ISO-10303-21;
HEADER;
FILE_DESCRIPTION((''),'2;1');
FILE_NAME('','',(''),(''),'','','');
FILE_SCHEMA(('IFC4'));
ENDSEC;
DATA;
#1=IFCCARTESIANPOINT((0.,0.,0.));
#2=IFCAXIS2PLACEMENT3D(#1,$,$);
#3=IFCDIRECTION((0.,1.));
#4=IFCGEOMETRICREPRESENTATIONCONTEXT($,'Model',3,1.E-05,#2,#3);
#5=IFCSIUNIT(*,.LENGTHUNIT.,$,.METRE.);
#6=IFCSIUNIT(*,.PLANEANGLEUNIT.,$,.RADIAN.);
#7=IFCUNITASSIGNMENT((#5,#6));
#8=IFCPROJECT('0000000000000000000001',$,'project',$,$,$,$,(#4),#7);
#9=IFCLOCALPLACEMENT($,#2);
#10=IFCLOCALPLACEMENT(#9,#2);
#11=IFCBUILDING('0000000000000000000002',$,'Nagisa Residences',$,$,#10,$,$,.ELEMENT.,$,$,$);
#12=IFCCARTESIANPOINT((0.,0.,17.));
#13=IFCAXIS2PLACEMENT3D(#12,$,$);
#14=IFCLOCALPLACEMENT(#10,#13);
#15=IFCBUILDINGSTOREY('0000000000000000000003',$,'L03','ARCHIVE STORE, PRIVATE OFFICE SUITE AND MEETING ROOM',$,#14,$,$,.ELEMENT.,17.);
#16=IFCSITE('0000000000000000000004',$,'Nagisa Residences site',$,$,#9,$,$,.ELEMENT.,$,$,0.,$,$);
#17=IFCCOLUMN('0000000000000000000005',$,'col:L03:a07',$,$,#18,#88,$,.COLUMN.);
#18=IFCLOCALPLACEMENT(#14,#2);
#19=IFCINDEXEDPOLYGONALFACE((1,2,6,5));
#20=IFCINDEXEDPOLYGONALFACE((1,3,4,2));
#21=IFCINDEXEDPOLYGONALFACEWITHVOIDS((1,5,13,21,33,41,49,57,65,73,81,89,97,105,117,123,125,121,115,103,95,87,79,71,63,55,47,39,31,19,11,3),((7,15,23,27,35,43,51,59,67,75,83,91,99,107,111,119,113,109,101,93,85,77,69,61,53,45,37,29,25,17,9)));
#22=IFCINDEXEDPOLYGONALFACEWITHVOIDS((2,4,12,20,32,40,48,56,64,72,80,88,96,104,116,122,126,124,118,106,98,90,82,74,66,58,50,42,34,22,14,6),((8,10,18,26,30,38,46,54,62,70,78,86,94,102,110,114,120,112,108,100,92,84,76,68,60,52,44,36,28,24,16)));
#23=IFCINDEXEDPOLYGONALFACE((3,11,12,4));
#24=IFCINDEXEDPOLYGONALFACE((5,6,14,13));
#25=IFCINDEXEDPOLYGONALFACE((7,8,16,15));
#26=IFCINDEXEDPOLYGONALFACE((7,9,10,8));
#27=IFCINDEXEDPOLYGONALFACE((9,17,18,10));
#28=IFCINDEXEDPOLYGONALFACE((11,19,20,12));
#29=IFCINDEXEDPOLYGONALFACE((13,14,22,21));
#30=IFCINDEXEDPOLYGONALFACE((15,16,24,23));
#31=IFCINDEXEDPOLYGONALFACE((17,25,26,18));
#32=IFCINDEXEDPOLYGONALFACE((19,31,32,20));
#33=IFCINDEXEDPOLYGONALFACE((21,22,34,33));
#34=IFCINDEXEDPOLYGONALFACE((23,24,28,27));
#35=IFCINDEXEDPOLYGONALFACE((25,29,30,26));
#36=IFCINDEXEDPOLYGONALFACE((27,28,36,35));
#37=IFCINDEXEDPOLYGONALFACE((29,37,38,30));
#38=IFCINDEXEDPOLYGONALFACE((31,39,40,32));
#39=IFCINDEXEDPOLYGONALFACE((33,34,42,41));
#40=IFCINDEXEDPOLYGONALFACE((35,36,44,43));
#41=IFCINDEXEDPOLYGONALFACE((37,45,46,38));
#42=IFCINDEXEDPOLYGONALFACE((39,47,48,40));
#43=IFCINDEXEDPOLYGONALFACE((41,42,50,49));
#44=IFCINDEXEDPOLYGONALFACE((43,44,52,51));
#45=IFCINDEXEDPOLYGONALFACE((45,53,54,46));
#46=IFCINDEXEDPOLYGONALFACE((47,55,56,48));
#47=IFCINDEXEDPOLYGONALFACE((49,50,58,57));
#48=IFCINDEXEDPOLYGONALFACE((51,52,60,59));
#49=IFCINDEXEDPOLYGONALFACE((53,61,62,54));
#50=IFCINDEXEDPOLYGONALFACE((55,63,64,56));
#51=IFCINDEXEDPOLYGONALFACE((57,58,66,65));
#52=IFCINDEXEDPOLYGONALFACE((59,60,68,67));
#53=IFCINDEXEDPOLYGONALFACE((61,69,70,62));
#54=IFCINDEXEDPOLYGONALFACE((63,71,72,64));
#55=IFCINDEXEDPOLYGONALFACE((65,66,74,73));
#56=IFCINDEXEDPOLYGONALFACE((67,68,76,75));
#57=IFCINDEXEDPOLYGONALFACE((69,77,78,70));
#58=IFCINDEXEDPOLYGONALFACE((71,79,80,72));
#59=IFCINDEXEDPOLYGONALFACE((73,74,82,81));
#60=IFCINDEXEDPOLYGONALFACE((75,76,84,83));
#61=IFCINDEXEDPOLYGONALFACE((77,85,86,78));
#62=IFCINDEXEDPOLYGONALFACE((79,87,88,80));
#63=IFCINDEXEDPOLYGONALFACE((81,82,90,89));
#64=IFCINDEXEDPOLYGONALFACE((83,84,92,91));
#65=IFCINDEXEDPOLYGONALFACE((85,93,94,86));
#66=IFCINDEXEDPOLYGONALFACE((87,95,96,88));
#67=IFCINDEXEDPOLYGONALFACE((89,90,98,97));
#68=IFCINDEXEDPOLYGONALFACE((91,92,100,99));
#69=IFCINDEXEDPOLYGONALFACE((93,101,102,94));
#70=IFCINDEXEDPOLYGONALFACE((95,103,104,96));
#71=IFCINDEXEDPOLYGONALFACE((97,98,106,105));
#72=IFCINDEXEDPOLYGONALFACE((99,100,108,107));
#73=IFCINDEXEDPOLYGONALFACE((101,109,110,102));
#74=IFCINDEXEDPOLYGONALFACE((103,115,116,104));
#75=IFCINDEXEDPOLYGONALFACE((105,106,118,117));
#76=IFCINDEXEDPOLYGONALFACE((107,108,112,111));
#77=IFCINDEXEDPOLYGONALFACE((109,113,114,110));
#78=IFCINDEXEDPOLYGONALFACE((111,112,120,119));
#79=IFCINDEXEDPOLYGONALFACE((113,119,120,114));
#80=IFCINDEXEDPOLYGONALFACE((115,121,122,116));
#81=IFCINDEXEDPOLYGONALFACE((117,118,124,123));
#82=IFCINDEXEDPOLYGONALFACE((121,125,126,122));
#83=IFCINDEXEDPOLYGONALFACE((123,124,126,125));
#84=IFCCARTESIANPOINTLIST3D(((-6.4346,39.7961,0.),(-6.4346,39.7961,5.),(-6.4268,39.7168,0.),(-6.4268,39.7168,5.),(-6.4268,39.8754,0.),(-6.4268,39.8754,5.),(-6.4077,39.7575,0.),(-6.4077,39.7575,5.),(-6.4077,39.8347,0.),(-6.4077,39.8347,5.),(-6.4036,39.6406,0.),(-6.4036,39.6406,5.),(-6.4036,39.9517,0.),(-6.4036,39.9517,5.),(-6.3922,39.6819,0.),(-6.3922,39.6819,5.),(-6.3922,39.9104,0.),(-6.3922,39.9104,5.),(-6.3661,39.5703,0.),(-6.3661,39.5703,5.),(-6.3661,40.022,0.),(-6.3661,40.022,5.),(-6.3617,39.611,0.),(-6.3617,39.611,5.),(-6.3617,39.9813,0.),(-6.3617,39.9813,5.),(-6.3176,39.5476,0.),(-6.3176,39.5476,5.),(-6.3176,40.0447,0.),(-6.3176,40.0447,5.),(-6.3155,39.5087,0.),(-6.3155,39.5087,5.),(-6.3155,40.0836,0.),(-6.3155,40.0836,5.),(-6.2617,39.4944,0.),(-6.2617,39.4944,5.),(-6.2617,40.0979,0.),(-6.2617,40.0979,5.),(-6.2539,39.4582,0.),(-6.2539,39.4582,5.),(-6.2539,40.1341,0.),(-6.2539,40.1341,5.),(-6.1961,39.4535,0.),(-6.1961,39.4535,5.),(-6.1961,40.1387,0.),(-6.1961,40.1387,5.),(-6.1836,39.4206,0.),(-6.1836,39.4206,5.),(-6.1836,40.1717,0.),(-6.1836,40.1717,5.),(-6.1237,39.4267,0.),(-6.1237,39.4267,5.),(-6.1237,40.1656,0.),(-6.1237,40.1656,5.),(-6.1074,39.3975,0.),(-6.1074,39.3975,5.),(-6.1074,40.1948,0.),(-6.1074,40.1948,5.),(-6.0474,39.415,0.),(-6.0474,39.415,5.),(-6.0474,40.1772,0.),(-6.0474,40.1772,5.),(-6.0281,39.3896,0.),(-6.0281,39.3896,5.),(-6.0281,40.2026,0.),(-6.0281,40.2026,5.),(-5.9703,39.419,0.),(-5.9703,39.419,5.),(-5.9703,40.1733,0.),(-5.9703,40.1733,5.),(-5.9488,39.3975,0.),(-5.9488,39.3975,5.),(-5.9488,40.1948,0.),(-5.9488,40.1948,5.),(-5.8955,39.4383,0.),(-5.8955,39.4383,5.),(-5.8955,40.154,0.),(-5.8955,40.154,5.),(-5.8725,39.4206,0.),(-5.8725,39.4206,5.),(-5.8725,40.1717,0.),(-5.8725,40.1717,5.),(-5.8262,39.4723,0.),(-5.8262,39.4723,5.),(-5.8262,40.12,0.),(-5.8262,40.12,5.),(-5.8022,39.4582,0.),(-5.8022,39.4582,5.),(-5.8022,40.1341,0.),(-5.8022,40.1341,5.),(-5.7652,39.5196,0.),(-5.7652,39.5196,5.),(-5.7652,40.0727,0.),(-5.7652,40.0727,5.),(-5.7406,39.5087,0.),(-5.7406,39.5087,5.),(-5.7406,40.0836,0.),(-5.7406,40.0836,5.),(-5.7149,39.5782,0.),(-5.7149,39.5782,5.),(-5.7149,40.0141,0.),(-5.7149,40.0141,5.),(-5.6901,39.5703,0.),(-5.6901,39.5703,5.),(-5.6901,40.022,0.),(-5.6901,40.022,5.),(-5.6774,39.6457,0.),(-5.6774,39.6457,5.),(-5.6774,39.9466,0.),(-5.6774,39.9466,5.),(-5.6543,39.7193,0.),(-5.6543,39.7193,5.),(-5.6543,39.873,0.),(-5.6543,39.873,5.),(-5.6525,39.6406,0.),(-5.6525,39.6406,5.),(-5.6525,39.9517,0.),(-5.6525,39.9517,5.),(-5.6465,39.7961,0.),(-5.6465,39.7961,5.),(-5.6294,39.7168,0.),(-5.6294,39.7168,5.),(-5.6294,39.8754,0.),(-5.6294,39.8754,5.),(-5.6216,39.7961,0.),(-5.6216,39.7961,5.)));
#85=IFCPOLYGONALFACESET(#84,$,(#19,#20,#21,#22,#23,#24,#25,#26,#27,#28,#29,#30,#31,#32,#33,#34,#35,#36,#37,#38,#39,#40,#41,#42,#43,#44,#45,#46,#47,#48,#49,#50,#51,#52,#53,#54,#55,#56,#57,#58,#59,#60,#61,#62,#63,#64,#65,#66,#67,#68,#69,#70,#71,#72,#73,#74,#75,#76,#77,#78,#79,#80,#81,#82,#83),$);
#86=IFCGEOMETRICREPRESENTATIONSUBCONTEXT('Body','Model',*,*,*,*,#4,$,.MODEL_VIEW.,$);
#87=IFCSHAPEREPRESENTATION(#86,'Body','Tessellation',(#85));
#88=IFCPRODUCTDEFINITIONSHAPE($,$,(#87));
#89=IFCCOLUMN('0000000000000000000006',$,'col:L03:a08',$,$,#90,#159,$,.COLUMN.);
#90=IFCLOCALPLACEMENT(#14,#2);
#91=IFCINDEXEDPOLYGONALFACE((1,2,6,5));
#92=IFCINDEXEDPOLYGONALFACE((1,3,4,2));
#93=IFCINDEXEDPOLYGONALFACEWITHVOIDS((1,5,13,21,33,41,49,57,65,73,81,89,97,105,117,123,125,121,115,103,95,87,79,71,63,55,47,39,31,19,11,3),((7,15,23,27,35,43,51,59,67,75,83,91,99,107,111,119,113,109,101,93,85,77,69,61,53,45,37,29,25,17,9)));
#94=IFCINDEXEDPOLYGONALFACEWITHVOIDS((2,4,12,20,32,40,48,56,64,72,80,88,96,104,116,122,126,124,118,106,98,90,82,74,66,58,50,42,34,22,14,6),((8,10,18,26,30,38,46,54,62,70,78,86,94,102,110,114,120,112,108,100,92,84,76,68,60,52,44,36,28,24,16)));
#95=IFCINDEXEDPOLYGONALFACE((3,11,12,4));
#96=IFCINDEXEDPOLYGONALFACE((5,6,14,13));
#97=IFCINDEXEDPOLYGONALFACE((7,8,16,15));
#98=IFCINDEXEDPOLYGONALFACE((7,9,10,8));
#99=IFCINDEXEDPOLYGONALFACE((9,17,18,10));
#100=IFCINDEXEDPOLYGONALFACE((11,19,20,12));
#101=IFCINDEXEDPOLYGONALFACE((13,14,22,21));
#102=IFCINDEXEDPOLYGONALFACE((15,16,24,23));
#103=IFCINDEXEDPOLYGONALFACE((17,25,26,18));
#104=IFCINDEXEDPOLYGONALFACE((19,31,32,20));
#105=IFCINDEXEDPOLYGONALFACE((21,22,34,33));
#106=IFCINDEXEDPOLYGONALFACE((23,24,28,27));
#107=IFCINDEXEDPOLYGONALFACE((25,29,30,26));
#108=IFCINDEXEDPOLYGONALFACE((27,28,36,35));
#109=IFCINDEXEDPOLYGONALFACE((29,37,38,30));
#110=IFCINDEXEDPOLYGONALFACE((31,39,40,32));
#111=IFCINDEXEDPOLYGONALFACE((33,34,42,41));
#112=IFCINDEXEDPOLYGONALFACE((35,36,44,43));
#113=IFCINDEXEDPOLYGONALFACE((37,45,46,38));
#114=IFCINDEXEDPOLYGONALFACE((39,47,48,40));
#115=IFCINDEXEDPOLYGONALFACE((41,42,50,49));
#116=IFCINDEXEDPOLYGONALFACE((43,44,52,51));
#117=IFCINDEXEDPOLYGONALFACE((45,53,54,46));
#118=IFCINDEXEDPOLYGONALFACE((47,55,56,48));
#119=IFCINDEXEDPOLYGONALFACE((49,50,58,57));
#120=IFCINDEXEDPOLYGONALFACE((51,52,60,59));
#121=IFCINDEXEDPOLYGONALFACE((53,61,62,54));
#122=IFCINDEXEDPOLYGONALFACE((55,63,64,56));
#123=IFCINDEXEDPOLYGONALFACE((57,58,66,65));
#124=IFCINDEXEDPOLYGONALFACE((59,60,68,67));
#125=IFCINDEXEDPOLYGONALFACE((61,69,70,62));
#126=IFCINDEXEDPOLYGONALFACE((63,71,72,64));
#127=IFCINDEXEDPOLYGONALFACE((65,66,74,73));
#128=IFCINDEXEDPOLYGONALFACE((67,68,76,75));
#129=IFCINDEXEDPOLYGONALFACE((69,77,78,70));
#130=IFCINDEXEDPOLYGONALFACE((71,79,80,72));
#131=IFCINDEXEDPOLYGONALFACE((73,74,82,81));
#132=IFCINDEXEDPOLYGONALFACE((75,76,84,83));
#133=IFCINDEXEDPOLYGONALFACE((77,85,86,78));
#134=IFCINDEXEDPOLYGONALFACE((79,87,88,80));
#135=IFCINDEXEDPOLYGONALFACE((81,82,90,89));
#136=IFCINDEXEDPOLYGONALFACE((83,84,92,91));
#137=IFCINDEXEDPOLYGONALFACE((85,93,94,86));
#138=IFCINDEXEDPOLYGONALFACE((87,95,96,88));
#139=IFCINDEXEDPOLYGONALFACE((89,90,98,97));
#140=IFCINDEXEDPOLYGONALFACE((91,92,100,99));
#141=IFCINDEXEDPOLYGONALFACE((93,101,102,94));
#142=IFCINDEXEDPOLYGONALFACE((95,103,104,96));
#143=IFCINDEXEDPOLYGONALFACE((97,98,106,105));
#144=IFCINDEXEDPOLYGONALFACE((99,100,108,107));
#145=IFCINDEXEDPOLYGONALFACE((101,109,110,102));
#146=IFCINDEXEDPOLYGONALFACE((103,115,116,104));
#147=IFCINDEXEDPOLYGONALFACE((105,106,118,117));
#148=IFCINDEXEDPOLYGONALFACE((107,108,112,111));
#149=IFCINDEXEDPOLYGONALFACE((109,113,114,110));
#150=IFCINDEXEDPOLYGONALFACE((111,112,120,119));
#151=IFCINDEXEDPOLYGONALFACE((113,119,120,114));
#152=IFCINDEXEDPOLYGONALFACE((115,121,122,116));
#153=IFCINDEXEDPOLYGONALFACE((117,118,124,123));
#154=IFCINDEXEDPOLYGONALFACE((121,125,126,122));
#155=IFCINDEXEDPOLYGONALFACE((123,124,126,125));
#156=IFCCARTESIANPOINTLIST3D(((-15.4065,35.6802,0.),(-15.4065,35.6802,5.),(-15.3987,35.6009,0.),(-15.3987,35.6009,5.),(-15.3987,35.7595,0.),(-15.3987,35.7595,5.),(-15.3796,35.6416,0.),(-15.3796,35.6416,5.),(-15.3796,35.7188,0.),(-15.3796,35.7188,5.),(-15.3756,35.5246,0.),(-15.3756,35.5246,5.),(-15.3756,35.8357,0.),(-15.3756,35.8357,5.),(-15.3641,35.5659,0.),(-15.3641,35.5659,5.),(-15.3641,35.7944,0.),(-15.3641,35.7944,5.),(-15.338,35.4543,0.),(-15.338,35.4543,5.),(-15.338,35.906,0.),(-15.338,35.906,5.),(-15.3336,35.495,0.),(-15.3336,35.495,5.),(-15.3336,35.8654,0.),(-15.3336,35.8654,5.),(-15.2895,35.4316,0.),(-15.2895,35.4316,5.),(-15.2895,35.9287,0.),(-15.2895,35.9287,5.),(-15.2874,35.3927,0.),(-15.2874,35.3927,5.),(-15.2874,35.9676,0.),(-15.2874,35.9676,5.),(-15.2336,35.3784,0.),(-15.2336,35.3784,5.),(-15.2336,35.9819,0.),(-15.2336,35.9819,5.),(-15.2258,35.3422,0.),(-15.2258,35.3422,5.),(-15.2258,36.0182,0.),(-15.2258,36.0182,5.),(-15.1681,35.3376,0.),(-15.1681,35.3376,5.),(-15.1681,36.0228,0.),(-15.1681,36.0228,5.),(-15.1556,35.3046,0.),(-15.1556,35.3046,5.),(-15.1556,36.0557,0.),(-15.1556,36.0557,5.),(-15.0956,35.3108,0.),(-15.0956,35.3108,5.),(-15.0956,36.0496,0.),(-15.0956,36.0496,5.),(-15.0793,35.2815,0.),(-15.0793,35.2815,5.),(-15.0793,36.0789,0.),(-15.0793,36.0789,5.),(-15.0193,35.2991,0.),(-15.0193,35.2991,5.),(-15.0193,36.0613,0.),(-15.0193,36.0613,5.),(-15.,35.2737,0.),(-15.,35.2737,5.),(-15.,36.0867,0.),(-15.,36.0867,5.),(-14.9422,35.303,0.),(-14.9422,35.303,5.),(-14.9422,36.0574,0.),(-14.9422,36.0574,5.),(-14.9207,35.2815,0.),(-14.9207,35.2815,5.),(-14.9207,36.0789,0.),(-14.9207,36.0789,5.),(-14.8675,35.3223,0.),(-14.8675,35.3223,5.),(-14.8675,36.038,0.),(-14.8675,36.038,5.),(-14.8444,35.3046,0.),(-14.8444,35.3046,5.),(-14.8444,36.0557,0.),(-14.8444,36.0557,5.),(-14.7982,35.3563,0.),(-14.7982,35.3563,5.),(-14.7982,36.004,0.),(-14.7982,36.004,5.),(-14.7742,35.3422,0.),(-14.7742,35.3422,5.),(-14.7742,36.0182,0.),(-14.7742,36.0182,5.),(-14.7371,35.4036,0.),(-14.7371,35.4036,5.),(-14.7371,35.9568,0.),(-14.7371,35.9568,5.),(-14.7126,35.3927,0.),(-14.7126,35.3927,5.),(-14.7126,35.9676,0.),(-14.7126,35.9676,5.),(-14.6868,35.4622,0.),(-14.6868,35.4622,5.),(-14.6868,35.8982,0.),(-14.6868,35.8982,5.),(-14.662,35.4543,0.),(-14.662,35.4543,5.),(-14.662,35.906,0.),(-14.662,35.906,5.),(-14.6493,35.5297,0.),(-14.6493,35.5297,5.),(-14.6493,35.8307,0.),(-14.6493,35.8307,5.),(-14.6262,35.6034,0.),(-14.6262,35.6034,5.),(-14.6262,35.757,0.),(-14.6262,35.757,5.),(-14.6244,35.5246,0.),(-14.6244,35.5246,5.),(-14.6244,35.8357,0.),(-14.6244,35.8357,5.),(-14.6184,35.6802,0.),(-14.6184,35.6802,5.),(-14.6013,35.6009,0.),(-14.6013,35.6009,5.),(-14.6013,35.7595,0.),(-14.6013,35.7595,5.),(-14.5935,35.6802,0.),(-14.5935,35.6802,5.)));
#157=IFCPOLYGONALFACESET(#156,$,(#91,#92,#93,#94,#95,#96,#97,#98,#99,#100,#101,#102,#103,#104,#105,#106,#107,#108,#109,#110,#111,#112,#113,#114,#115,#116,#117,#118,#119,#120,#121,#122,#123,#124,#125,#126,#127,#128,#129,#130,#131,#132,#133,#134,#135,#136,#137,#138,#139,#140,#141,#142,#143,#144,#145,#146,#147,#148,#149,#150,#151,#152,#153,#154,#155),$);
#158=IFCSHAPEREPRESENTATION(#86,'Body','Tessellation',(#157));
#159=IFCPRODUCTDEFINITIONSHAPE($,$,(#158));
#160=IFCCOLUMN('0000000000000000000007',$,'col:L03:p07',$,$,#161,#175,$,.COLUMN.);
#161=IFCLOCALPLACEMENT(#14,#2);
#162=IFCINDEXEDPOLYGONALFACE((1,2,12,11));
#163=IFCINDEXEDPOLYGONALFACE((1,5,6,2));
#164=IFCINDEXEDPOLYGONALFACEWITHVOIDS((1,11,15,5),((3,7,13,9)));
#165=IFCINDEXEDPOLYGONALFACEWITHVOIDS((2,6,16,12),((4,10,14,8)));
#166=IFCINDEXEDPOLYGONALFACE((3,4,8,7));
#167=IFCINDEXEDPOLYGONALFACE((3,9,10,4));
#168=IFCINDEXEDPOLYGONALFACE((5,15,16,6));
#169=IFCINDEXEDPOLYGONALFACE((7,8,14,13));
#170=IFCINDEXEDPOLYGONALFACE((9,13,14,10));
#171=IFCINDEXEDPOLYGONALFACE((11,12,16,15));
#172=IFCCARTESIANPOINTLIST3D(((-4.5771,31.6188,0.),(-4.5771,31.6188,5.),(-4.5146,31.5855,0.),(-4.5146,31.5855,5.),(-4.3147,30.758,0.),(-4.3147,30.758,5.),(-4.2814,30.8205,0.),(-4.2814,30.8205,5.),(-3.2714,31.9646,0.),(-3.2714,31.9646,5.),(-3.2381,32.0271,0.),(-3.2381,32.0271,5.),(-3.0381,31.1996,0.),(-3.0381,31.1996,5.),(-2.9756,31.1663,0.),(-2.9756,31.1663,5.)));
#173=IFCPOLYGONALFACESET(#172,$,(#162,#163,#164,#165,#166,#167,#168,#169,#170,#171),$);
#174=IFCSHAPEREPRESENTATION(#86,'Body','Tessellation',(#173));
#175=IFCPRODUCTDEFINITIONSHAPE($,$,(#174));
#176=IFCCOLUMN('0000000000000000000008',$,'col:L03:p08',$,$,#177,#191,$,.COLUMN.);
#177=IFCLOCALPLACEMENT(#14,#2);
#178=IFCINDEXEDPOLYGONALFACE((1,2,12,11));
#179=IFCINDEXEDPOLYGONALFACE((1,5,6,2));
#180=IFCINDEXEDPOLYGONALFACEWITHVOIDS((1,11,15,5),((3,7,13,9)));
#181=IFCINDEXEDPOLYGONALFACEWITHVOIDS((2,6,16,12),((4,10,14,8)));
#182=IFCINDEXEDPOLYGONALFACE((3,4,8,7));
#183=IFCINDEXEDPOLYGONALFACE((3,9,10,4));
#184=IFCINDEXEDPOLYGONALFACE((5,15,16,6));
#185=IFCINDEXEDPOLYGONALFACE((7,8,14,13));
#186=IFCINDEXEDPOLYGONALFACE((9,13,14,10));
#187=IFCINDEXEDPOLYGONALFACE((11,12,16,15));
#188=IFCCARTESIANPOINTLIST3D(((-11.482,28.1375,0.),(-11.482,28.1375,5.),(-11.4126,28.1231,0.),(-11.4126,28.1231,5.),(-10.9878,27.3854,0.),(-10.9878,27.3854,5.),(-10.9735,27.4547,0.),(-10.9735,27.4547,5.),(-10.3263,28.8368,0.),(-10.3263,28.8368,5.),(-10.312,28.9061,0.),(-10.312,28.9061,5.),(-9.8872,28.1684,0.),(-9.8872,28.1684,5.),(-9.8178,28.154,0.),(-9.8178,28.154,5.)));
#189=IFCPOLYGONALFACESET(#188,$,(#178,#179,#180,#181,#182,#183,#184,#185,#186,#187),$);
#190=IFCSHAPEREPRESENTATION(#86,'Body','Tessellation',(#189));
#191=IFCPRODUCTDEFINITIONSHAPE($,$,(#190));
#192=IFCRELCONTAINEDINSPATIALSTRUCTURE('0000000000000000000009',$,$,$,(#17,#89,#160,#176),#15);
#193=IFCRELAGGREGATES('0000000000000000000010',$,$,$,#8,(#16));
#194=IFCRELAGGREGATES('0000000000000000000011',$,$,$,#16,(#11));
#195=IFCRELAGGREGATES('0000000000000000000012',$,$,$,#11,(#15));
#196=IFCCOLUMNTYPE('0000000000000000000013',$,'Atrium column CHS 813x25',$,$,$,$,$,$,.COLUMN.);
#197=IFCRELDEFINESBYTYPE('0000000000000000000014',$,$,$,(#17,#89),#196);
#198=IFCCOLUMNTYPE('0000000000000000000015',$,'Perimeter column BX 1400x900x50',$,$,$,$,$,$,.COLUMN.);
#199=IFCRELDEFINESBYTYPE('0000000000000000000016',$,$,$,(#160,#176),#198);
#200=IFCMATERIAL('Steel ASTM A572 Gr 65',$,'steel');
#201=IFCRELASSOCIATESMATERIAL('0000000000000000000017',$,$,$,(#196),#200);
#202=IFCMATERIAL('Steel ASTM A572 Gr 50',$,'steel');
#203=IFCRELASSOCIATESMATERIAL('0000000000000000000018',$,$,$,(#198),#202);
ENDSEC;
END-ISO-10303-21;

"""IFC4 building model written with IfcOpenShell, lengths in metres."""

from ifc_helpers import new_model, si_unit, direction, frame, origin, origin_2d, place, context, subcontext, project, spatial, hollow_rectangle, hollow_circle, extrude, material, material_profile, profile_set, type_object, element, save


model = new_model("IFC4")

# Units and contexts
model_context = context("Model", 3, precision=1e-05, world=origin(), true_north=direction((0.0, 1.0)))
body_context = subcontext(model_context, "Body", "Model", "MODEL_VIEW")
ifc_project = project(units=[si_unit("LENGTHUNIT", "METRE"), si_unit("PLANEANGLEUNIT", "RADIAN")], contexts=[model_context])

# Site, building, storey
site_placement = place(None, origin())
site = spatial("IfcSite", under=ifc_project, at=site_placement, Name="Nagisa Residences site", CompositionType="ELEMENT", RefElevation=0.0)
building_placement = place(site_placement, origin())
building = spatial("IfcBuilding", under=site, at=building_placement, Name="Nagisa Residences", CompositionType="ELEMENT")
storey_placement = place(building_placement, frame((0.0, 0.0, 17.0)))
storey = spatial("IfcBuildingStorey", under=building, at=storey_placement, Name="L03", Description="ARCHIVE STORE, PRIVATE OFFICE SUITE AND MEETING ROOM", CompositionType="ELEMENT", Elevation=17.0)

# Columns
ifc_material_1 = material(Name="Steel ASTM A572 Gr 65", Category="steel")
ifc_material_profile_1 = material_profile(ifc_material_1, hollow_circle(Radius=0.4065, WallThickness=0.0249, at=origin_2d()), Name="CHS 813x25")
ifc_profile_set_1 = profile_set([ifc_material_profile_1], Name="Steel ASTM A572 Gr 65")
column_type_1 = type_object("IfcColumnType", Name="Atrium column CHS 813x25", PredefinedType="COLUMN", material=ifc_profile_set_1)
for number, where, z_axis, x_axis, name in (
    (1, (-6.0281, 39.7961, 0.0), (0.0, 0.0, 1.0), (1.0, 0.0, 0.0), "col:L03:a07"),
    (2, (-15.0, 35.6802, 0.0), (0.0, 0.0, 1.0), (1.0, 0.0, 0.0), "col:L03:a08"),
):
    element("IfcColumn", number, at=place(storey_placement, frame(where, z_axis=z_axis, x_axis=x_axis)), inside=storey, type_object=column_type_1, Name=name, PredefinedType="COLUMN", context=body_context, shape_type="SweptSolid", body=[
        extrude(hollow_circle(Radius=0.4065, WallThickness=0.0249, at=origin_2d()), origin(), (0.0, 0.0, 1.0), 5.0),
    ])
ifc_material_2 = material(Name="Steel ASTM A572 Gr 50", Category="steel")
ifc_material_profile_2 = material_profile(ifc_material_2, hollow_rectangle(XDim=1.3999, YDim=0.8999, WallThickness=0.05, at=origin_2d()), Name="BX 1400x900x50")
ifc_profile_set_2 = profile_set([ifc_material_profile_2], Name="Steel ASTM A572 Gr 50")
column_type_2 = type_object("IfcColumnType", Name="Perimeter column BX 1400x900x50", PredefinedType="COLUMN", material=ifc_profile_set_2)
for number, where, z_axis, x_axis, name in (
    (3, (-3.7764, 31.3926, 0.0), (0.0, 0.0, 1.0), (-0.956525, -0.291652, 0.0), "col:L03:p07"),
    (4, (-10.6499, 28.1458, 0.0), (0.0, 0.0, 1.0), (-0.835766, -0.549086, 0.0), "col:L03:p08"),
):
    element("IfcColumn", number, at=place(storey_placement, frame(where, z_axis=z_axis, x_axis=x_axis)), inside=storey, type_object=column_type_2, Name=name, PredefinedType="COLUMN", context=body_context, shape_type="SweptSolid", body=[
        extrude(hollow_rectangle(XDim=1.3999, YDim=0.8999, WallThickness=0.05, at=origin_2d()), origin(), (0.0, 0.0, 1.0), 5.0),
    ])

save(model, "model.ifc")
